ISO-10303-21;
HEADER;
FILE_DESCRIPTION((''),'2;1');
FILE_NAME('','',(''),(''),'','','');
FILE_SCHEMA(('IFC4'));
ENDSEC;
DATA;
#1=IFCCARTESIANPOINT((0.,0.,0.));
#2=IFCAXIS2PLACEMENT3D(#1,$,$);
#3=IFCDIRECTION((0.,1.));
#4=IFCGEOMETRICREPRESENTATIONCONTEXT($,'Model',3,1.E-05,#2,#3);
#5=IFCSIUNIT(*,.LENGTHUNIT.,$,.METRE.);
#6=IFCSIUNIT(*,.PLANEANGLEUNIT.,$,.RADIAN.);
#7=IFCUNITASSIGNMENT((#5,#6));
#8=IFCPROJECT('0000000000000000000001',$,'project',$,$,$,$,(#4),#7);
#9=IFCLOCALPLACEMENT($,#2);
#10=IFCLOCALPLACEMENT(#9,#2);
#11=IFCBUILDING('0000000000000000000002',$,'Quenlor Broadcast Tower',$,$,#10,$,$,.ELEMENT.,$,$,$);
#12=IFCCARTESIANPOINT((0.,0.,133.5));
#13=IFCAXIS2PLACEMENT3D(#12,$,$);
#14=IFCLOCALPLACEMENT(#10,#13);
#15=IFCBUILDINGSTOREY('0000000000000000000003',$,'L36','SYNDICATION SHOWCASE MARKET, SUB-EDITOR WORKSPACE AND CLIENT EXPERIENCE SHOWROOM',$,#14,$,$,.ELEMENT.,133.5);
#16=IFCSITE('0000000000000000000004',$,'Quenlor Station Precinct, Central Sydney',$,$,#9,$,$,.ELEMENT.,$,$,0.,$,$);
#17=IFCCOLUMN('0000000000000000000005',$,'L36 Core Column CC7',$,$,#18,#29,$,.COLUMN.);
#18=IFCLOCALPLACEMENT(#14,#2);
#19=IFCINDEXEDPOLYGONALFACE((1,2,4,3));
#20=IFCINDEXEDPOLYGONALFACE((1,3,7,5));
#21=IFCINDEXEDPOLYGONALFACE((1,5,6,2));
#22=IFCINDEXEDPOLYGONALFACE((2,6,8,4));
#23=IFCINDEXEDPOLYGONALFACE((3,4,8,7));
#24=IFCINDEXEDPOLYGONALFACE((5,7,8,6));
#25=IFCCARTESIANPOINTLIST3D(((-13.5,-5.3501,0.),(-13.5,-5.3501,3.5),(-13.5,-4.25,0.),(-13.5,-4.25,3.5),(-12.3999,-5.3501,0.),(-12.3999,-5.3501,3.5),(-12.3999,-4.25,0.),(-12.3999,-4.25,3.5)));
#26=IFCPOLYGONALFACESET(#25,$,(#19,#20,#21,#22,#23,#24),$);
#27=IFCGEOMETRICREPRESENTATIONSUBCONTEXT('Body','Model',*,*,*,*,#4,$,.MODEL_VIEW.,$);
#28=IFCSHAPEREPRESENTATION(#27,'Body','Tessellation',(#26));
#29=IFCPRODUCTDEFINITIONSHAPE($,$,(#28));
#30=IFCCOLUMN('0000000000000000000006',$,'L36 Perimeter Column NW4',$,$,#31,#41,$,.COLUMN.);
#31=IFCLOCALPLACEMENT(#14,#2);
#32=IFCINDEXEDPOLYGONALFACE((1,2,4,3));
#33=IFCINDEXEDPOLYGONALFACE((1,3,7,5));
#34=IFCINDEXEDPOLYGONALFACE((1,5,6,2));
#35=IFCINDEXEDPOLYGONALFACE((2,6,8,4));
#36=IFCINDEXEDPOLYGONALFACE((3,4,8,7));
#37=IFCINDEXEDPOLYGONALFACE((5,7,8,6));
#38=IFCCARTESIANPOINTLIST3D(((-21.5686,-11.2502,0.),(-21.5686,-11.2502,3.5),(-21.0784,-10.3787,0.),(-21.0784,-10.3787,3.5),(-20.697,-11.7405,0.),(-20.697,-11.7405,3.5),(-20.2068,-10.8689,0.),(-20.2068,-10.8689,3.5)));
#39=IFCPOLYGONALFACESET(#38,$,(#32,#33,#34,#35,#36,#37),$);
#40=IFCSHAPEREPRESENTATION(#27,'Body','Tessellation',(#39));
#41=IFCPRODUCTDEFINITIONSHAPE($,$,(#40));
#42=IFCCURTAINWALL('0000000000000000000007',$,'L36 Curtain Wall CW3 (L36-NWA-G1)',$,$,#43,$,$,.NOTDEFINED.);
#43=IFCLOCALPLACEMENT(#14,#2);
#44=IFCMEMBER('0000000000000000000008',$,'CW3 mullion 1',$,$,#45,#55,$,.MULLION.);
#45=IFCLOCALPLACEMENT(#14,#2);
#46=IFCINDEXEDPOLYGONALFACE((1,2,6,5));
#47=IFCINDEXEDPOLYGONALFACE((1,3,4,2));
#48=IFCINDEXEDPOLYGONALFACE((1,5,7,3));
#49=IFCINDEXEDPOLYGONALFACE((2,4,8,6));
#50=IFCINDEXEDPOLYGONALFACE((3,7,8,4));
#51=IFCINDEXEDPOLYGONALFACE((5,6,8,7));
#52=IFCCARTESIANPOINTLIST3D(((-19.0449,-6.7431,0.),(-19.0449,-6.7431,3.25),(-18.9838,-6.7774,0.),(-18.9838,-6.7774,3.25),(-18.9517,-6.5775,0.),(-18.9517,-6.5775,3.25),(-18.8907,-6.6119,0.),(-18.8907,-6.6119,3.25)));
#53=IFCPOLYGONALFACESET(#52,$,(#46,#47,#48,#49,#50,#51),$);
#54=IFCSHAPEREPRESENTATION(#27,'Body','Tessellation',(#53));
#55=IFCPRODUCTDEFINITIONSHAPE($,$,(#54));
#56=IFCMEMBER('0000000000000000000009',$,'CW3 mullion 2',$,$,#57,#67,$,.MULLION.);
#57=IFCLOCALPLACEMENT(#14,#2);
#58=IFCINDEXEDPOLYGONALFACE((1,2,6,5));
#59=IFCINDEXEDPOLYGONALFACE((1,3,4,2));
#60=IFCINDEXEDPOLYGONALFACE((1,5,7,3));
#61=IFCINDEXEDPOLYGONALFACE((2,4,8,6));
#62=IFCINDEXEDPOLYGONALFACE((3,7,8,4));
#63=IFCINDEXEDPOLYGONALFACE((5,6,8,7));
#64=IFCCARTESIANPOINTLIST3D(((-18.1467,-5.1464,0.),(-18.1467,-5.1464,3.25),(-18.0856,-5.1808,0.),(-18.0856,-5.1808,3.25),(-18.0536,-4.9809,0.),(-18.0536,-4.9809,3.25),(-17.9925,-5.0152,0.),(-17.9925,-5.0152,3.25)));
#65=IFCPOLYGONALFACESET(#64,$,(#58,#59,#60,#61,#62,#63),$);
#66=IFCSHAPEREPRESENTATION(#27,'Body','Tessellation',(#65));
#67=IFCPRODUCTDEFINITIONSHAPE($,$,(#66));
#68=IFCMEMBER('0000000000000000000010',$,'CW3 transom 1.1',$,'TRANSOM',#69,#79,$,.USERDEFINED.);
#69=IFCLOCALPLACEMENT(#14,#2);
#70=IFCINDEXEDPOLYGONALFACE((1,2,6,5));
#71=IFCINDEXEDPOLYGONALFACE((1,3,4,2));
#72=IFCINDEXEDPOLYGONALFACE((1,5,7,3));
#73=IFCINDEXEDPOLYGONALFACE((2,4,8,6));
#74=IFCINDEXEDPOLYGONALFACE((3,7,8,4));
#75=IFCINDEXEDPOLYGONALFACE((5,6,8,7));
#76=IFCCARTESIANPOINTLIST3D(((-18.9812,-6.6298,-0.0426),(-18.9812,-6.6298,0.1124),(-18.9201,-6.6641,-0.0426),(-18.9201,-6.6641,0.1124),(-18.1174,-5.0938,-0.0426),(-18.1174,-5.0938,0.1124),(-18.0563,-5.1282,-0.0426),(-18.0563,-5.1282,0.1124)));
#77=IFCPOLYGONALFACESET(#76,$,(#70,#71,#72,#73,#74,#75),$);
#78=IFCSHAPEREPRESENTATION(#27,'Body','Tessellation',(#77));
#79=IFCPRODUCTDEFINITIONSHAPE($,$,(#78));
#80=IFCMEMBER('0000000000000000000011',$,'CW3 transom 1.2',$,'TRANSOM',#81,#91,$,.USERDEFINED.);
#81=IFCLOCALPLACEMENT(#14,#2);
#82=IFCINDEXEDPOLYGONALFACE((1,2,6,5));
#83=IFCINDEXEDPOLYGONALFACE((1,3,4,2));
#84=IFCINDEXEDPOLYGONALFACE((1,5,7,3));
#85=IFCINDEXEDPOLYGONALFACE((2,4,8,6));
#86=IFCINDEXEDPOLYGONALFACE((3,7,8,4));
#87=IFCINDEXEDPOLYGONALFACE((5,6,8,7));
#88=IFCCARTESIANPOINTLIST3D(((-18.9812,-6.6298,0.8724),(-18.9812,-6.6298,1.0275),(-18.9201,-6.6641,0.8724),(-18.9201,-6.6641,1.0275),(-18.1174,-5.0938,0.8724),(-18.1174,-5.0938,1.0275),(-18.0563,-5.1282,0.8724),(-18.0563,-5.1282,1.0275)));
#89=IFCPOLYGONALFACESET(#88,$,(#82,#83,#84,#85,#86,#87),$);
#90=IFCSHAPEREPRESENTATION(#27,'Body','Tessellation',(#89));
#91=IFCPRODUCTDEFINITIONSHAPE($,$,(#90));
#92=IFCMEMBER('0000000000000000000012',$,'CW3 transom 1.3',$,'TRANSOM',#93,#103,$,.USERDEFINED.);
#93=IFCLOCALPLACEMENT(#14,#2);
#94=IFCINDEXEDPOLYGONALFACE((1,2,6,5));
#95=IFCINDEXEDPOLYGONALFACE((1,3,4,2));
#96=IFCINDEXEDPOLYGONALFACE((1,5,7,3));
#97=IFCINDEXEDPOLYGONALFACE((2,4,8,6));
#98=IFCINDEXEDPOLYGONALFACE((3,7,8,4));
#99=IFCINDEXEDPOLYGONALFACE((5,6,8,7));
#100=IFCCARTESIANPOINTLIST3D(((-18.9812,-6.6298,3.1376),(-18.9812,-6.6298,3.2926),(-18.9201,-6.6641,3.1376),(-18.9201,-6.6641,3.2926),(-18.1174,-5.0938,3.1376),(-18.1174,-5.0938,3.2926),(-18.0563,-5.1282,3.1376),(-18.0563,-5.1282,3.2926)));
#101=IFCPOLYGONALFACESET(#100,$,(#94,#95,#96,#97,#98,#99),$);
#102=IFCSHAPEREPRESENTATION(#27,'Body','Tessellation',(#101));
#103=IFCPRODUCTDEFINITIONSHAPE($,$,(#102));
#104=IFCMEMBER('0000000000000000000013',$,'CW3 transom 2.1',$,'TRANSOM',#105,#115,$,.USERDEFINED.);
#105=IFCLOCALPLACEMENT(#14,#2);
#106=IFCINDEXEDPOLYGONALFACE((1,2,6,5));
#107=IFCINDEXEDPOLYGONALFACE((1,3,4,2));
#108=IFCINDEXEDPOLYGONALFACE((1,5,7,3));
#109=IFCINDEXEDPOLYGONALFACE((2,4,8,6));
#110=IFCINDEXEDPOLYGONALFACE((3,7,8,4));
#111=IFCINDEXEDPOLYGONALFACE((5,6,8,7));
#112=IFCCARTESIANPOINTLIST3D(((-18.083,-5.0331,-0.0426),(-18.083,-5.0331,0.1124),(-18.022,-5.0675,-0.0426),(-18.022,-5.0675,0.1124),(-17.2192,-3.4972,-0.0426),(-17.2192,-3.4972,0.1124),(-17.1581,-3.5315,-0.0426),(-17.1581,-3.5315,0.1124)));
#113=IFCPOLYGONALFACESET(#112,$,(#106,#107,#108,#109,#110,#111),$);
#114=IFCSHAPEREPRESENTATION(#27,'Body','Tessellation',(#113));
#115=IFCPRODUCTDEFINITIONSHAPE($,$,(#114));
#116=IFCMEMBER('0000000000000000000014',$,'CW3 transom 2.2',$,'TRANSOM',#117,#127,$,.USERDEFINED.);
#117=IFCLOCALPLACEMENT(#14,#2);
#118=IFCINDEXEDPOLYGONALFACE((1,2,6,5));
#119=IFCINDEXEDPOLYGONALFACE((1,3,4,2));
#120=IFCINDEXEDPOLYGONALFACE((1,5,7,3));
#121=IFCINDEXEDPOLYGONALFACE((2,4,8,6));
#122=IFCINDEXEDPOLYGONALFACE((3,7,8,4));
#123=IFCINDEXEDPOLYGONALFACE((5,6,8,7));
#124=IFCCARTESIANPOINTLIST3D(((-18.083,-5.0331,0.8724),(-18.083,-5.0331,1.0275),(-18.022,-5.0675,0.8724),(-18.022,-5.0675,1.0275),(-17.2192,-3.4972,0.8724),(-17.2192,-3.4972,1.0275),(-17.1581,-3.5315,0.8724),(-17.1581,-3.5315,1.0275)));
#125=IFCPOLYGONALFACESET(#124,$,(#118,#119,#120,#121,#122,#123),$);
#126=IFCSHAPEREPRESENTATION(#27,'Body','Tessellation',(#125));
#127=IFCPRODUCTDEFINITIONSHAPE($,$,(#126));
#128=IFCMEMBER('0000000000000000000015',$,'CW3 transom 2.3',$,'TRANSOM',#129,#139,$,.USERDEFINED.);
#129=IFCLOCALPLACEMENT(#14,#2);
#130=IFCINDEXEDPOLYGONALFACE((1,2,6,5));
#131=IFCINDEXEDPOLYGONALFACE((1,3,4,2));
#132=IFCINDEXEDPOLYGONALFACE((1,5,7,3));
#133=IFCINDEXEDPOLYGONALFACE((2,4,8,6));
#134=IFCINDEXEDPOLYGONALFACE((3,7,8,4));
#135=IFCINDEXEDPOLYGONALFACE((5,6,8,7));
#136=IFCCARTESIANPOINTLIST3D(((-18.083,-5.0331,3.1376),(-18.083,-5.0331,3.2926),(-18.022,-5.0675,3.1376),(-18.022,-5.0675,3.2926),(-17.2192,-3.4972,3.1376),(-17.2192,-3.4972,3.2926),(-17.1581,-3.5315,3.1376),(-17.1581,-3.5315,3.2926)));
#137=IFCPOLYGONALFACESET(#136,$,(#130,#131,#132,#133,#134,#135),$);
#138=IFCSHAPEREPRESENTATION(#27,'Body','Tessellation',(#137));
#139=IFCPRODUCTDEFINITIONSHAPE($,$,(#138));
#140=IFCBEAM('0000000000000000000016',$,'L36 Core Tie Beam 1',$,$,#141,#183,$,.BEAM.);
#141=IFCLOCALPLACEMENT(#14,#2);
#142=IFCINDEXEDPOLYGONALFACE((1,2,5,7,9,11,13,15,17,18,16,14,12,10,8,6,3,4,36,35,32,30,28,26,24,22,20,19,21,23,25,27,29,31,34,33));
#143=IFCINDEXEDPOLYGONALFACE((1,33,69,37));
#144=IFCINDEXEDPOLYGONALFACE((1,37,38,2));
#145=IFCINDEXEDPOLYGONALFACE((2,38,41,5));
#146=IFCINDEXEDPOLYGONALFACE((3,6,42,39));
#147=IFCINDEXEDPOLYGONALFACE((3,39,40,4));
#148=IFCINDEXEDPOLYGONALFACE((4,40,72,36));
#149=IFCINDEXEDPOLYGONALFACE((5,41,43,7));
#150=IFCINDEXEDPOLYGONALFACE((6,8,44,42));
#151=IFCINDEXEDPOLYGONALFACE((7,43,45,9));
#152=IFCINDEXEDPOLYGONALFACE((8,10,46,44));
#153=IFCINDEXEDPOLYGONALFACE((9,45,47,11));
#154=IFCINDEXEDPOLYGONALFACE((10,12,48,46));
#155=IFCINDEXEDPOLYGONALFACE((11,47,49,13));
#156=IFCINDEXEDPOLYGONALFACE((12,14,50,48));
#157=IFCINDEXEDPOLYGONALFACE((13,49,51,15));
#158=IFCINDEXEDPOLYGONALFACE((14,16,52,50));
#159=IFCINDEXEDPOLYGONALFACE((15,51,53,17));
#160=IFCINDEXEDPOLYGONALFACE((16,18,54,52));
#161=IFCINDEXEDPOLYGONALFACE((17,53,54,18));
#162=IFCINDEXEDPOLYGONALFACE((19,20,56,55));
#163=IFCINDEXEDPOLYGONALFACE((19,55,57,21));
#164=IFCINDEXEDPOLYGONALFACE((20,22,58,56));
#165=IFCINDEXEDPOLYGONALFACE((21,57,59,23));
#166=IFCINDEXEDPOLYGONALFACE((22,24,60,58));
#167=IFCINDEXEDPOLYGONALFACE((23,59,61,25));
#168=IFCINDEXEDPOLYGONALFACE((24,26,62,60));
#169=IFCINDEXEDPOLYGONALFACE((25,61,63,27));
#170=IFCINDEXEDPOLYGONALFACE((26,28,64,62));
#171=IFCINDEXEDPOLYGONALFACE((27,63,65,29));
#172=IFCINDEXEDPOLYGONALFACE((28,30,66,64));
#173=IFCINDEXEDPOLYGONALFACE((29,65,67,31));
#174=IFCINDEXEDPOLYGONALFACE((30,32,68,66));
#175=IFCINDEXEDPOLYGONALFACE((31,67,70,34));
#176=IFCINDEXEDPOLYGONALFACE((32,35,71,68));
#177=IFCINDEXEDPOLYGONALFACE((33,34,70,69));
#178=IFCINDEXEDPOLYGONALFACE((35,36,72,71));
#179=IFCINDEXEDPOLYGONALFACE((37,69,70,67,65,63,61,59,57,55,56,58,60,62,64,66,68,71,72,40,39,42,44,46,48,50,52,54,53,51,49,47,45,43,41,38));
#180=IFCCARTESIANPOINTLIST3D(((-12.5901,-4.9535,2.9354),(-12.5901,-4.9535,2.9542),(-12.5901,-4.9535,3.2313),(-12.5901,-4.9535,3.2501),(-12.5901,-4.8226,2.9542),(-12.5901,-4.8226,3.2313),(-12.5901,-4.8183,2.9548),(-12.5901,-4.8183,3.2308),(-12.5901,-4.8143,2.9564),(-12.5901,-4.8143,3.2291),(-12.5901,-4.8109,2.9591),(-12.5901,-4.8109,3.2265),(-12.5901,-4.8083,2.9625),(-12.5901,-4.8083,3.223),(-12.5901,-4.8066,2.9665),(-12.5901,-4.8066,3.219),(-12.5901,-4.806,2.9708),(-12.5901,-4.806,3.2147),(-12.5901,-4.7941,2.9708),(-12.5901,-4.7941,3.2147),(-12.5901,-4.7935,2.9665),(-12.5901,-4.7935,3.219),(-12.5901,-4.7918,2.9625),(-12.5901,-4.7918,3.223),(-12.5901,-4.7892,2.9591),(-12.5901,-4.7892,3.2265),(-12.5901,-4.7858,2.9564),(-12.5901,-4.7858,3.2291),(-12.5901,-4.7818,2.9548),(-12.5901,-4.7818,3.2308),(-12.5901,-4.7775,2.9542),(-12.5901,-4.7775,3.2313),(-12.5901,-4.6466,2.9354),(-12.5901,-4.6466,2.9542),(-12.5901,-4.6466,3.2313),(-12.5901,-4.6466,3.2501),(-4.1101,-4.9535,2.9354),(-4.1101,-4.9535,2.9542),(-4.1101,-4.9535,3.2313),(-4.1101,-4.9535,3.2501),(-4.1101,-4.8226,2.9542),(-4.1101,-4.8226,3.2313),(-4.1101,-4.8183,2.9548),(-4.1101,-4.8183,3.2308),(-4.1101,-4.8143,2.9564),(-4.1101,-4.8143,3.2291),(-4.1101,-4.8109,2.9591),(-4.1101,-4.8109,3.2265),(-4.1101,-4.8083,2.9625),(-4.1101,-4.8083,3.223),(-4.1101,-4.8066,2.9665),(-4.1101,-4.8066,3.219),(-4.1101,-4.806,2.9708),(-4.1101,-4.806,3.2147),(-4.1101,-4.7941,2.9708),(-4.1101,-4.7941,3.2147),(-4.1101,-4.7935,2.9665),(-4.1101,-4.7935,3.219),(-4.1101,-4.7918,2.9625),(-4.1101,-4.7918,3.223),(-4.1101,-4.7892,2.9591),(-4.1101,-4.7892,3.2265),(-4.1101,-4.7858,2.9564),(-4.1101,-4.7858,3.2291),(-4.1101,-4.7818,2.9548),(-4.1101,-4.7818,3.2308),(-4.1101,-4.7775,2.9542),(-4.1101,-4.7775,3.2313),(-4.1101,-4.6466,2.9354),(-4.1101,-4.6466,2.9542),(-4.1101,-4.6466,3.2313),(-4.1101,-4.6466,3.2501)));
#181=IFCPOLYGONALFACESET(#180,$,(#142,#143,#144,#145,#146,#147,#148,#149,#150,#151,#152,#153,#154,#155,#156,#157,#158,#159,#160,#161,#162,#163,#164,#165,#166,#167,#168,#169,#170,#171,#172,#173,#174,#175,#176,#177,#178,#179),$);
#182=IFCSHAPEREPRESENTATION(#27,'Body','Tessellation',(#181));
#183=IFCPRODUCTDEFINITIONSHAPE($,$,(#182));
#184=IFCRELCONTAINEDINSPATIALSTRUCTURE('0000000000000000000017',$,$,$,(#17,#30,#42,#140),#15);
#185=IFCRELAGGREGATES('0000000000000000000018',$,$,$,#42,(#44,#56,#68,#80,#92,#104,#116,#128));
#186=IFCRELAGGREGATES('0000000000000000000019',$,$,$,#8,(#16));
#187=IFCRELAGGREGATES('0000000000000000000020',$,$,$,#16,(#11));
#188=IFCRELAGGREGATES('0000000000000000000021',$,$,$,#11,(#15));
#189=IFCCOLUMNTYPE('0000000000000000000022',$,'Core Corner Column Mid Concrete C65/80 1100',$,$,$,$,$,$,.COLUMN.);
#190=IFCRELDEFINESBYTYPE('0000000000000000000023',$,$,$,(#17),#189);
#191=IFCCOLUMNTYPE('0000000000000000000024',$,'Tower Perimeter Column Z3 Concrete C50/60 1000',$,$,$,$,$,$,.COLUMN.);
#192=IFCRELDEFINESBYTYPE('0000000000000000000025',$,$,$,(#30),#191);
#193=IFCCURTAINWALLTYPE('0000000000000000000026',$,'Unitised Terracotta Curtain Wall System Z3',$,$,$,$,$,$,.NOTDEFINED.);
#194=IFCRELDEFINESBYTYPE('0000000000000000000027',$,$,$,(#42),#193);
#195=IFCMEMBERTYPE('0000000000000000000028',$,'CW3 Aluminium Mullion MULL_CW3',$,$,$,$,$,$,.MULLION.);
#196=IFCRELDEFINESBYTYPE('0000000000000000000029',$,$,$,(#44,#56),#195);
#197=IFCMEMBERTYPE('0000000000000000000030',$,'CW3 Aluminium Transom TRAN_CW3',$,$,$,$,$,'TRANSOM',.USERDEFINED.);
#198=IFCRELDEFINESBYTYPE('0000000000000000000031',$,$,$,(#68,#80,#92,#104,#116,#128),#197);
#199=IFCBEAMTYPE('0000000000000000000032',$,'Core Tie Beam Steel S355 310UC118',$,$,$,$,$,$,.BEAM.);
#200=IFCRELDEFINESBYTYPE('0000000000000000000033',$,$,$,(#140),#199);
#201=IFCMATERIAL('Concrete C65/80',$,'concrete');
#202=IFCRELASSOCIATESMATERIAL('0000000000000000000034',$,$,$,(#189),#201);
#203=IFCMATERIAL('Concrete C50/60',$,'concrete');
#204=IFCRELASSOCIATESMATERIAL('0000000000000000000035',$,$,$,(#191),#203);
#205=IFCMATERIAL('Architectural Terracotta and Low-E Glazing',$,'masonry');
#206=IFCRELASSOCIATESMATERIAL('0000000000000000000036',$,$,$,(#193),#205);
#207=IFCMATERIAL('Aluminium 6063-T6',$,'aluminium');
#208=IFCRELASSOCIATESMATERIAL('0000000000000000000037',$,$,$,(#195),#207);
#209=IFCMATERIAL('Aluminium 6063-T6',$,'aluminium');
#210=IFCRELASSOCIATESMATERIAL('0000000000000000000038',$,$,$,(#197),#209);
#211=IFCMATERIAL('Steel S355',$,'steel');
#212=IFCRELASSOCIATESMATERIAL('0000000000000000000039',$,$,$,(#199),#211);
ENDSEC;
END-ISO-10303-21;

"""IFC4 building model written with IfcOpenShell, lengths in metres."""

from ifc_helpers import new_model, si_unit, direction, frame, origin, origin_2d, place, context, subcontext, project, spatial, rectangle, i_section, extrude, material, material_profile, profile_set, type_object, element, aggregate, save


model = new_model("IFC4")

# Units and contexts
model_context = context("Model", 3, precision=1e-05, world=origin(), true_north=direction((0.0, 1.0)))
body_context = subcontext(model_context, "Body", "Model", "MODEL_VIEW")
ifc_project = project(units=[si_unit("LENGTHUNIT", "METRE"), si_unit("PLANEANGLEUNIT", "RADIAN")], contexts=[model_context])

# Site, building, storey
site_placement = place(None, origin())
site = spatial("IfcSite", under=ifc_project, at=site_placement, Name="Quenlor Station Precinct, Central Sydney", CompositionType="ELEMENT", RefElevation=0.0)
building_placement = place(site_placement, origin())
building = spatial("IfcBuilding", under=site, at=building_placement, Name="Quenlor Broadcast Tower", CompositionType="ELEMENT")
storey_placement = place(building_placement, frame((0.0, 0.0, 133.5)))
storey = spatial("IfcBuildingStorey", under=building, at=storey_placement, Name="L36", Description="SYNDICATION SHOWCASE MARKET, SUB-EDITOR WORKSPACE AND CLIENT EXPERIENCE SHOWROOM", CompositionType="ELEMENT", Elevation=133.5)

# Columns
ifc_material_1 = material(Name="Concrete C65/80", Category="concrete")
ifc_material_profile_1 = material_profile(ifc_material_1, rectangle(XDim=1.1001, YDim=1.1001, at=origin_2d()))
ifc_profile_set_1 = profile_set([ifc_material_profile_1], Name="Concrete C65/80 RC1100x1100")
column_type_1 = type_object("IfcColumnType", Name="Core Corner Column Mid Concrete C65/80 1100", PredefinedType="COLUMN", material=ifc_profile_set_1)
column_1_placement = place(storey_placement, frame((-12.95, -4.8, 0.0), z_axis=(0.0, 0.0, 1.0), x_axis=(1.0, 0.0, 0.0)))
element("IfcColumn", 1, at=column_1_placement, inside=storey, type_object=column_type_1, Name="L36 Core Column CC7", PredefinedType="COLUMN", context=body_context, shape_type="SweptSolid", body=[
    extrude(rectangle(XDim=1.1001, YDim=1.1001, at=origin_2d()), origin(), (0.0, 0.0, 1.0), 3.5),
])
ifc_material_2 = material(Name="Concrete C50/60", Category="concrete")
ifc_material_profile_2 = material_profile(ifc_material_2, rectangle(XDim=1.0, YDim=1.0, at=origin_2d()))
ifc_profile_set_2 = profile_set([ifc_material_profile_2], Name="Concrete C50/60 RC1000x1000")
column_type_2 = type_object("IfcColumnType", Name="Tower Perimeter Column Z3 Concrete C50/60 1000", PredefinedType="COLUMN", material=ifc_profile_set_2)
column_2_placement = place(storey_placement, frame((-20.8877, -11.0596, 0.0), z_axis=(0.0, 0.0, 1.0), x_axis=(-0.871575, 0.490262, 0.0)))
element("IfcColumn", 2, at=column_2_placement, inside=storey, type_object=column_type_2, Name="L36 Perimeter Column NW4", PredefinedType="COLUMN", context=body_context, shape_type="SweptSolid", body=[
    extrude(rectangle(XDim=1.0, YDim=1.0, at=origin_2d()), origin(), (0.0, 0.0, 1.0), 3.5),
])

# Curtain wall, members
ifc_material_3 = material(Name="Architectural Terracotta and Low-E Glazing", Category="masonry")
curtain_wall_type = type_object("IfcCurtainWallType", Name="Unitised Terracotta Curtain Wall System Z3", PredefinedType="NOTDEFINED", material=ifc_material_3)
curtain_wall_placement = place(storey_placement, origin())
curtain_wall = element("IfcCurtainWall", 3, at=curtain_wall_placement, inside=storey, type_object=curtain_wall_type, Name="L36 Curtain Wall CW3 (L36-NWA-G1)", PredefinedType="NOTDEFINED")
ifc_material_4 = material(Name="Aluminium 6063-T6", Category="aluminium")
ifc_material_profile_3 = material_profile(ifc_material_4, rectangle(XDim=0.0701, YDim=0.1899, at=origin_2d()))
ifc_profile_set_3 = profile_set([ifc_material_profile_3], Name="Aluminium 6063-T6 MULL70x190")
member_type_1 = type_object("IfcMemberType", Name="CW3 Aluminium Mullion MULL_CW3", PredefinedType="MULLION", material=ifc_profile_set_3)
member_1_placement = place(storey_placement, frame((-18.9678, -6.6775, 0.0), z_axis=(0.0, 0.0, 1.0), x_axis=(-0.871577, 0.490259, 0.0)))
member_1 = element("IfcMember", 4, at=member_1_placement, type_object=member_type_1, Name="CW3 mullion 1", PredefinedType="MULLION", context=body_context, shape_type="SweptSolid", body=[
    extrude(rectangle(XDim=0.0701, YDim=0.1899, at=origin_2d()), origin(), (0.0, 0.0, 1.0), 3.25),
])
member_2_placement = place(storey_placement, frame((-18.0696, -5.0808, 0.0), z_axis=(0.0, 0.0, 1.0), x_axis=(-0.871577, 0.490259, 0.0)))
member_2 = element("IfcMember", 5, at=member_2_placement, type_object=member_type_1, Name="CW3 mullion 2", PredefinedType="MULLION", context=body_context, shape_type="SweptSolid", body=[
    extrude(rectangle(XDim=0.0701, YDim=0.1899, at=origin_2d()), origin(), (0.0, 0.0, 1.0), 3.25),
])
ifc_material_5 = material(Name="Aluminium 6063-T6", Category="aluminium")
ifc_material_profile_4 = material_profile(ifc_material_5, rectangle(XDim=0.0701, YDim=0.155, at=origin_2d()))
ifc_profile_set_4 = profile_set([ifc_material_profile_4], Name="Aluminium 6063-T6 TRAN70x155")
member_type_2 = type_object("IfcMemberType", Name="CW3 Aluminium Transom TRAN_CW3", ElementType="TRANSOM", PredefinedType="USERDEFINED", material=ifc_profile_set_4)
member_3_placement = place(storey_placement, frame((-18.9507, -6.647, 0.0349), z_axis=(0.490189, 0.871616, 0.0), x_axis=(-0.871616, 0.490189, 0.0)))
member_3 = element("IfcMember", 6, at=member_3_placement, type_object=member_type_2, Name="CW3 transom 1.1", ObjectType="TRANSOM", PredefinedType="USERDEFINED", context=body_context, shape_type="SweptSolid", body=[
    extrude(rectangle(XDim=0.0701, YDim=0.155, at=origin_2d()), origin(), (0.0, 0.0, 1.0), 1.7622),
])
member_4_placement = place(storey_placement, frame((-18.9507, -6.647, 0.95), z_axis=(0.490189, 0.871616, 0.0), x_axis=(-0.871616, 0.490189, 0.0)))
member_4 = element("IfcMember", 7, at=member_4_placement, type_object=member_type_2, Name="CW3 transom 1.2", ObjectType="TRANSOM", PredefinedType="USERDEFINED", context=body_context, shape_type="SweptSolid", body=[
    extrude(rectangle(XDim=0.0701, YDim=0.155, at=origin_2d()), origin(), (0.0, 0.0, 1.0), 1.7622),
])
member_5_placement = place(storey_placement, frame((-18.9507, -6.647, 3.2151), z_axis=(0.490189, 0.871616, 0.0), x_axis=(-0.871616, 0.490189, 0.0)))
member_5 = element("IfcMember", 8, at=member_5_placement, type_object=member_type_2, Name="CW3 transom 1.3", ObjectType="TRANSOM", PredefinedType="USERDEFINED", context=body_context, shape_type="SweptSolid", body=[
    extrude(rectangle(XDim=0.0701, YDim=0.155, at=origin_2d()), origin(), (0.0, 0.0, 1.0), 1.7622),
])
member_6_placement = place(storey_placement, frame((-18.0525, -5.0503, 0.0349), z_axis=(0.490189, 0.871616, 0.0), x_axis=(-0.871616, 0.490189, 0.0)))
member_6 = element("IfcMember", 9, at=member_6_placement, type_object=member_type_2, Name="CW3 transom 2.1", ObjectType="TRANSOM", PredefinedType="USERDEFINED", context=body_context, shape_type="SweptSolid", body=[
    extrude(rectangle(XDim=0.0701, YDim=0.155, at=origin_2d()), origin(), (0.0, 0.0, 1.0), 1.7622),
])
member_7_placement = place(storey_placement, frame((-18.0525, -5.0503, 0.95), z_axis=(0.490189, 0.871616, 0.0), x_axis=(-0.871616, 0.490189, 0.0)))
member_7 = element("IfcMember", 10, at=member_7_placement, type_object=member_type_2, Name="CW3 transom 2.2", ObjectType="TRANSOM", PredefinedType="USERDEFINED", context=body_context, shape_type="SweptSolid", body=[
    extrude(rectangle(XDim=0.0701, YDim=0.155, at=origin_2d()), origin(), (0.0, 0.0, 1.0), 1.7622),
])
member_8_placement = place(storey_placement, frame((-18.0525, -5.0503, 3.2151), z_axis=(0.490189, 0.871616, 0.0), x_axis=(-0.871616, 0.490189, 0.0)))
member_8 = element("IfcMember", 11, at=member_8_placement, type_object=member_type_2, Name="CW3 transom 2.3", ObjectType="TRANSOM", PredefinedType="USERDEFINED", context=body_context, shape_type="SweptSolid", body=[
    extrude(rectangle(XDim=0.0701, YDim=0.155, at=origin_2d()), origin(), (0.0, 0.0, 1.0), 1.7622),
])

# Beam
ifc_material_6 = material(Name="Steel S355", Category="steel")
ifc_material_profile_5 = material_profile(ifc_material_6, i_section(OverallWidth=0.3069, OverallDepth=0.3147, WebThickness=0.012, FlangeThickness=0.0188, FilletRadius=0.0166, at=origin_2d()))
ifc_profile_set_5 = profile_set([ifc_material_profile_5], Name="Steel S355 310UC118")
beam_type = type_object("IfcBeamType", Name="Core Tie Beam Steel S355 310UC118", PredefinedType="BEAM", material=ifc_profile_set_5)
beam_placement = place(storey_placement, frame((-12.5901, -4.8, 3.0928), z_axis=(1.0, 0.0, 0.0), x_axis=(0.0, 1.0, 0.0)))
element("IfcBeam", 12, at=beam_placement, inside=storey, type_object=beam_type, Name="L36 Core Tie Beam 1", PredefinedType="BEAM", context=body_context, shape_type="SweptSolid", body=[
    extrude(i_section(OverallWidth=0.3069, OverallDepth=0.3147, WebThickness=0.012, FlangeThickness=0.0188, FilletRadius=0.0166, at=origin_2d()), origin(), (0.0, 0.0, 1.0), 8.48),
])

aggregate(curtain_wall, [member_1, member_2, member_3, member_4, member_5, member_6, member_7, member_8])

save(model, "model.ifc")
